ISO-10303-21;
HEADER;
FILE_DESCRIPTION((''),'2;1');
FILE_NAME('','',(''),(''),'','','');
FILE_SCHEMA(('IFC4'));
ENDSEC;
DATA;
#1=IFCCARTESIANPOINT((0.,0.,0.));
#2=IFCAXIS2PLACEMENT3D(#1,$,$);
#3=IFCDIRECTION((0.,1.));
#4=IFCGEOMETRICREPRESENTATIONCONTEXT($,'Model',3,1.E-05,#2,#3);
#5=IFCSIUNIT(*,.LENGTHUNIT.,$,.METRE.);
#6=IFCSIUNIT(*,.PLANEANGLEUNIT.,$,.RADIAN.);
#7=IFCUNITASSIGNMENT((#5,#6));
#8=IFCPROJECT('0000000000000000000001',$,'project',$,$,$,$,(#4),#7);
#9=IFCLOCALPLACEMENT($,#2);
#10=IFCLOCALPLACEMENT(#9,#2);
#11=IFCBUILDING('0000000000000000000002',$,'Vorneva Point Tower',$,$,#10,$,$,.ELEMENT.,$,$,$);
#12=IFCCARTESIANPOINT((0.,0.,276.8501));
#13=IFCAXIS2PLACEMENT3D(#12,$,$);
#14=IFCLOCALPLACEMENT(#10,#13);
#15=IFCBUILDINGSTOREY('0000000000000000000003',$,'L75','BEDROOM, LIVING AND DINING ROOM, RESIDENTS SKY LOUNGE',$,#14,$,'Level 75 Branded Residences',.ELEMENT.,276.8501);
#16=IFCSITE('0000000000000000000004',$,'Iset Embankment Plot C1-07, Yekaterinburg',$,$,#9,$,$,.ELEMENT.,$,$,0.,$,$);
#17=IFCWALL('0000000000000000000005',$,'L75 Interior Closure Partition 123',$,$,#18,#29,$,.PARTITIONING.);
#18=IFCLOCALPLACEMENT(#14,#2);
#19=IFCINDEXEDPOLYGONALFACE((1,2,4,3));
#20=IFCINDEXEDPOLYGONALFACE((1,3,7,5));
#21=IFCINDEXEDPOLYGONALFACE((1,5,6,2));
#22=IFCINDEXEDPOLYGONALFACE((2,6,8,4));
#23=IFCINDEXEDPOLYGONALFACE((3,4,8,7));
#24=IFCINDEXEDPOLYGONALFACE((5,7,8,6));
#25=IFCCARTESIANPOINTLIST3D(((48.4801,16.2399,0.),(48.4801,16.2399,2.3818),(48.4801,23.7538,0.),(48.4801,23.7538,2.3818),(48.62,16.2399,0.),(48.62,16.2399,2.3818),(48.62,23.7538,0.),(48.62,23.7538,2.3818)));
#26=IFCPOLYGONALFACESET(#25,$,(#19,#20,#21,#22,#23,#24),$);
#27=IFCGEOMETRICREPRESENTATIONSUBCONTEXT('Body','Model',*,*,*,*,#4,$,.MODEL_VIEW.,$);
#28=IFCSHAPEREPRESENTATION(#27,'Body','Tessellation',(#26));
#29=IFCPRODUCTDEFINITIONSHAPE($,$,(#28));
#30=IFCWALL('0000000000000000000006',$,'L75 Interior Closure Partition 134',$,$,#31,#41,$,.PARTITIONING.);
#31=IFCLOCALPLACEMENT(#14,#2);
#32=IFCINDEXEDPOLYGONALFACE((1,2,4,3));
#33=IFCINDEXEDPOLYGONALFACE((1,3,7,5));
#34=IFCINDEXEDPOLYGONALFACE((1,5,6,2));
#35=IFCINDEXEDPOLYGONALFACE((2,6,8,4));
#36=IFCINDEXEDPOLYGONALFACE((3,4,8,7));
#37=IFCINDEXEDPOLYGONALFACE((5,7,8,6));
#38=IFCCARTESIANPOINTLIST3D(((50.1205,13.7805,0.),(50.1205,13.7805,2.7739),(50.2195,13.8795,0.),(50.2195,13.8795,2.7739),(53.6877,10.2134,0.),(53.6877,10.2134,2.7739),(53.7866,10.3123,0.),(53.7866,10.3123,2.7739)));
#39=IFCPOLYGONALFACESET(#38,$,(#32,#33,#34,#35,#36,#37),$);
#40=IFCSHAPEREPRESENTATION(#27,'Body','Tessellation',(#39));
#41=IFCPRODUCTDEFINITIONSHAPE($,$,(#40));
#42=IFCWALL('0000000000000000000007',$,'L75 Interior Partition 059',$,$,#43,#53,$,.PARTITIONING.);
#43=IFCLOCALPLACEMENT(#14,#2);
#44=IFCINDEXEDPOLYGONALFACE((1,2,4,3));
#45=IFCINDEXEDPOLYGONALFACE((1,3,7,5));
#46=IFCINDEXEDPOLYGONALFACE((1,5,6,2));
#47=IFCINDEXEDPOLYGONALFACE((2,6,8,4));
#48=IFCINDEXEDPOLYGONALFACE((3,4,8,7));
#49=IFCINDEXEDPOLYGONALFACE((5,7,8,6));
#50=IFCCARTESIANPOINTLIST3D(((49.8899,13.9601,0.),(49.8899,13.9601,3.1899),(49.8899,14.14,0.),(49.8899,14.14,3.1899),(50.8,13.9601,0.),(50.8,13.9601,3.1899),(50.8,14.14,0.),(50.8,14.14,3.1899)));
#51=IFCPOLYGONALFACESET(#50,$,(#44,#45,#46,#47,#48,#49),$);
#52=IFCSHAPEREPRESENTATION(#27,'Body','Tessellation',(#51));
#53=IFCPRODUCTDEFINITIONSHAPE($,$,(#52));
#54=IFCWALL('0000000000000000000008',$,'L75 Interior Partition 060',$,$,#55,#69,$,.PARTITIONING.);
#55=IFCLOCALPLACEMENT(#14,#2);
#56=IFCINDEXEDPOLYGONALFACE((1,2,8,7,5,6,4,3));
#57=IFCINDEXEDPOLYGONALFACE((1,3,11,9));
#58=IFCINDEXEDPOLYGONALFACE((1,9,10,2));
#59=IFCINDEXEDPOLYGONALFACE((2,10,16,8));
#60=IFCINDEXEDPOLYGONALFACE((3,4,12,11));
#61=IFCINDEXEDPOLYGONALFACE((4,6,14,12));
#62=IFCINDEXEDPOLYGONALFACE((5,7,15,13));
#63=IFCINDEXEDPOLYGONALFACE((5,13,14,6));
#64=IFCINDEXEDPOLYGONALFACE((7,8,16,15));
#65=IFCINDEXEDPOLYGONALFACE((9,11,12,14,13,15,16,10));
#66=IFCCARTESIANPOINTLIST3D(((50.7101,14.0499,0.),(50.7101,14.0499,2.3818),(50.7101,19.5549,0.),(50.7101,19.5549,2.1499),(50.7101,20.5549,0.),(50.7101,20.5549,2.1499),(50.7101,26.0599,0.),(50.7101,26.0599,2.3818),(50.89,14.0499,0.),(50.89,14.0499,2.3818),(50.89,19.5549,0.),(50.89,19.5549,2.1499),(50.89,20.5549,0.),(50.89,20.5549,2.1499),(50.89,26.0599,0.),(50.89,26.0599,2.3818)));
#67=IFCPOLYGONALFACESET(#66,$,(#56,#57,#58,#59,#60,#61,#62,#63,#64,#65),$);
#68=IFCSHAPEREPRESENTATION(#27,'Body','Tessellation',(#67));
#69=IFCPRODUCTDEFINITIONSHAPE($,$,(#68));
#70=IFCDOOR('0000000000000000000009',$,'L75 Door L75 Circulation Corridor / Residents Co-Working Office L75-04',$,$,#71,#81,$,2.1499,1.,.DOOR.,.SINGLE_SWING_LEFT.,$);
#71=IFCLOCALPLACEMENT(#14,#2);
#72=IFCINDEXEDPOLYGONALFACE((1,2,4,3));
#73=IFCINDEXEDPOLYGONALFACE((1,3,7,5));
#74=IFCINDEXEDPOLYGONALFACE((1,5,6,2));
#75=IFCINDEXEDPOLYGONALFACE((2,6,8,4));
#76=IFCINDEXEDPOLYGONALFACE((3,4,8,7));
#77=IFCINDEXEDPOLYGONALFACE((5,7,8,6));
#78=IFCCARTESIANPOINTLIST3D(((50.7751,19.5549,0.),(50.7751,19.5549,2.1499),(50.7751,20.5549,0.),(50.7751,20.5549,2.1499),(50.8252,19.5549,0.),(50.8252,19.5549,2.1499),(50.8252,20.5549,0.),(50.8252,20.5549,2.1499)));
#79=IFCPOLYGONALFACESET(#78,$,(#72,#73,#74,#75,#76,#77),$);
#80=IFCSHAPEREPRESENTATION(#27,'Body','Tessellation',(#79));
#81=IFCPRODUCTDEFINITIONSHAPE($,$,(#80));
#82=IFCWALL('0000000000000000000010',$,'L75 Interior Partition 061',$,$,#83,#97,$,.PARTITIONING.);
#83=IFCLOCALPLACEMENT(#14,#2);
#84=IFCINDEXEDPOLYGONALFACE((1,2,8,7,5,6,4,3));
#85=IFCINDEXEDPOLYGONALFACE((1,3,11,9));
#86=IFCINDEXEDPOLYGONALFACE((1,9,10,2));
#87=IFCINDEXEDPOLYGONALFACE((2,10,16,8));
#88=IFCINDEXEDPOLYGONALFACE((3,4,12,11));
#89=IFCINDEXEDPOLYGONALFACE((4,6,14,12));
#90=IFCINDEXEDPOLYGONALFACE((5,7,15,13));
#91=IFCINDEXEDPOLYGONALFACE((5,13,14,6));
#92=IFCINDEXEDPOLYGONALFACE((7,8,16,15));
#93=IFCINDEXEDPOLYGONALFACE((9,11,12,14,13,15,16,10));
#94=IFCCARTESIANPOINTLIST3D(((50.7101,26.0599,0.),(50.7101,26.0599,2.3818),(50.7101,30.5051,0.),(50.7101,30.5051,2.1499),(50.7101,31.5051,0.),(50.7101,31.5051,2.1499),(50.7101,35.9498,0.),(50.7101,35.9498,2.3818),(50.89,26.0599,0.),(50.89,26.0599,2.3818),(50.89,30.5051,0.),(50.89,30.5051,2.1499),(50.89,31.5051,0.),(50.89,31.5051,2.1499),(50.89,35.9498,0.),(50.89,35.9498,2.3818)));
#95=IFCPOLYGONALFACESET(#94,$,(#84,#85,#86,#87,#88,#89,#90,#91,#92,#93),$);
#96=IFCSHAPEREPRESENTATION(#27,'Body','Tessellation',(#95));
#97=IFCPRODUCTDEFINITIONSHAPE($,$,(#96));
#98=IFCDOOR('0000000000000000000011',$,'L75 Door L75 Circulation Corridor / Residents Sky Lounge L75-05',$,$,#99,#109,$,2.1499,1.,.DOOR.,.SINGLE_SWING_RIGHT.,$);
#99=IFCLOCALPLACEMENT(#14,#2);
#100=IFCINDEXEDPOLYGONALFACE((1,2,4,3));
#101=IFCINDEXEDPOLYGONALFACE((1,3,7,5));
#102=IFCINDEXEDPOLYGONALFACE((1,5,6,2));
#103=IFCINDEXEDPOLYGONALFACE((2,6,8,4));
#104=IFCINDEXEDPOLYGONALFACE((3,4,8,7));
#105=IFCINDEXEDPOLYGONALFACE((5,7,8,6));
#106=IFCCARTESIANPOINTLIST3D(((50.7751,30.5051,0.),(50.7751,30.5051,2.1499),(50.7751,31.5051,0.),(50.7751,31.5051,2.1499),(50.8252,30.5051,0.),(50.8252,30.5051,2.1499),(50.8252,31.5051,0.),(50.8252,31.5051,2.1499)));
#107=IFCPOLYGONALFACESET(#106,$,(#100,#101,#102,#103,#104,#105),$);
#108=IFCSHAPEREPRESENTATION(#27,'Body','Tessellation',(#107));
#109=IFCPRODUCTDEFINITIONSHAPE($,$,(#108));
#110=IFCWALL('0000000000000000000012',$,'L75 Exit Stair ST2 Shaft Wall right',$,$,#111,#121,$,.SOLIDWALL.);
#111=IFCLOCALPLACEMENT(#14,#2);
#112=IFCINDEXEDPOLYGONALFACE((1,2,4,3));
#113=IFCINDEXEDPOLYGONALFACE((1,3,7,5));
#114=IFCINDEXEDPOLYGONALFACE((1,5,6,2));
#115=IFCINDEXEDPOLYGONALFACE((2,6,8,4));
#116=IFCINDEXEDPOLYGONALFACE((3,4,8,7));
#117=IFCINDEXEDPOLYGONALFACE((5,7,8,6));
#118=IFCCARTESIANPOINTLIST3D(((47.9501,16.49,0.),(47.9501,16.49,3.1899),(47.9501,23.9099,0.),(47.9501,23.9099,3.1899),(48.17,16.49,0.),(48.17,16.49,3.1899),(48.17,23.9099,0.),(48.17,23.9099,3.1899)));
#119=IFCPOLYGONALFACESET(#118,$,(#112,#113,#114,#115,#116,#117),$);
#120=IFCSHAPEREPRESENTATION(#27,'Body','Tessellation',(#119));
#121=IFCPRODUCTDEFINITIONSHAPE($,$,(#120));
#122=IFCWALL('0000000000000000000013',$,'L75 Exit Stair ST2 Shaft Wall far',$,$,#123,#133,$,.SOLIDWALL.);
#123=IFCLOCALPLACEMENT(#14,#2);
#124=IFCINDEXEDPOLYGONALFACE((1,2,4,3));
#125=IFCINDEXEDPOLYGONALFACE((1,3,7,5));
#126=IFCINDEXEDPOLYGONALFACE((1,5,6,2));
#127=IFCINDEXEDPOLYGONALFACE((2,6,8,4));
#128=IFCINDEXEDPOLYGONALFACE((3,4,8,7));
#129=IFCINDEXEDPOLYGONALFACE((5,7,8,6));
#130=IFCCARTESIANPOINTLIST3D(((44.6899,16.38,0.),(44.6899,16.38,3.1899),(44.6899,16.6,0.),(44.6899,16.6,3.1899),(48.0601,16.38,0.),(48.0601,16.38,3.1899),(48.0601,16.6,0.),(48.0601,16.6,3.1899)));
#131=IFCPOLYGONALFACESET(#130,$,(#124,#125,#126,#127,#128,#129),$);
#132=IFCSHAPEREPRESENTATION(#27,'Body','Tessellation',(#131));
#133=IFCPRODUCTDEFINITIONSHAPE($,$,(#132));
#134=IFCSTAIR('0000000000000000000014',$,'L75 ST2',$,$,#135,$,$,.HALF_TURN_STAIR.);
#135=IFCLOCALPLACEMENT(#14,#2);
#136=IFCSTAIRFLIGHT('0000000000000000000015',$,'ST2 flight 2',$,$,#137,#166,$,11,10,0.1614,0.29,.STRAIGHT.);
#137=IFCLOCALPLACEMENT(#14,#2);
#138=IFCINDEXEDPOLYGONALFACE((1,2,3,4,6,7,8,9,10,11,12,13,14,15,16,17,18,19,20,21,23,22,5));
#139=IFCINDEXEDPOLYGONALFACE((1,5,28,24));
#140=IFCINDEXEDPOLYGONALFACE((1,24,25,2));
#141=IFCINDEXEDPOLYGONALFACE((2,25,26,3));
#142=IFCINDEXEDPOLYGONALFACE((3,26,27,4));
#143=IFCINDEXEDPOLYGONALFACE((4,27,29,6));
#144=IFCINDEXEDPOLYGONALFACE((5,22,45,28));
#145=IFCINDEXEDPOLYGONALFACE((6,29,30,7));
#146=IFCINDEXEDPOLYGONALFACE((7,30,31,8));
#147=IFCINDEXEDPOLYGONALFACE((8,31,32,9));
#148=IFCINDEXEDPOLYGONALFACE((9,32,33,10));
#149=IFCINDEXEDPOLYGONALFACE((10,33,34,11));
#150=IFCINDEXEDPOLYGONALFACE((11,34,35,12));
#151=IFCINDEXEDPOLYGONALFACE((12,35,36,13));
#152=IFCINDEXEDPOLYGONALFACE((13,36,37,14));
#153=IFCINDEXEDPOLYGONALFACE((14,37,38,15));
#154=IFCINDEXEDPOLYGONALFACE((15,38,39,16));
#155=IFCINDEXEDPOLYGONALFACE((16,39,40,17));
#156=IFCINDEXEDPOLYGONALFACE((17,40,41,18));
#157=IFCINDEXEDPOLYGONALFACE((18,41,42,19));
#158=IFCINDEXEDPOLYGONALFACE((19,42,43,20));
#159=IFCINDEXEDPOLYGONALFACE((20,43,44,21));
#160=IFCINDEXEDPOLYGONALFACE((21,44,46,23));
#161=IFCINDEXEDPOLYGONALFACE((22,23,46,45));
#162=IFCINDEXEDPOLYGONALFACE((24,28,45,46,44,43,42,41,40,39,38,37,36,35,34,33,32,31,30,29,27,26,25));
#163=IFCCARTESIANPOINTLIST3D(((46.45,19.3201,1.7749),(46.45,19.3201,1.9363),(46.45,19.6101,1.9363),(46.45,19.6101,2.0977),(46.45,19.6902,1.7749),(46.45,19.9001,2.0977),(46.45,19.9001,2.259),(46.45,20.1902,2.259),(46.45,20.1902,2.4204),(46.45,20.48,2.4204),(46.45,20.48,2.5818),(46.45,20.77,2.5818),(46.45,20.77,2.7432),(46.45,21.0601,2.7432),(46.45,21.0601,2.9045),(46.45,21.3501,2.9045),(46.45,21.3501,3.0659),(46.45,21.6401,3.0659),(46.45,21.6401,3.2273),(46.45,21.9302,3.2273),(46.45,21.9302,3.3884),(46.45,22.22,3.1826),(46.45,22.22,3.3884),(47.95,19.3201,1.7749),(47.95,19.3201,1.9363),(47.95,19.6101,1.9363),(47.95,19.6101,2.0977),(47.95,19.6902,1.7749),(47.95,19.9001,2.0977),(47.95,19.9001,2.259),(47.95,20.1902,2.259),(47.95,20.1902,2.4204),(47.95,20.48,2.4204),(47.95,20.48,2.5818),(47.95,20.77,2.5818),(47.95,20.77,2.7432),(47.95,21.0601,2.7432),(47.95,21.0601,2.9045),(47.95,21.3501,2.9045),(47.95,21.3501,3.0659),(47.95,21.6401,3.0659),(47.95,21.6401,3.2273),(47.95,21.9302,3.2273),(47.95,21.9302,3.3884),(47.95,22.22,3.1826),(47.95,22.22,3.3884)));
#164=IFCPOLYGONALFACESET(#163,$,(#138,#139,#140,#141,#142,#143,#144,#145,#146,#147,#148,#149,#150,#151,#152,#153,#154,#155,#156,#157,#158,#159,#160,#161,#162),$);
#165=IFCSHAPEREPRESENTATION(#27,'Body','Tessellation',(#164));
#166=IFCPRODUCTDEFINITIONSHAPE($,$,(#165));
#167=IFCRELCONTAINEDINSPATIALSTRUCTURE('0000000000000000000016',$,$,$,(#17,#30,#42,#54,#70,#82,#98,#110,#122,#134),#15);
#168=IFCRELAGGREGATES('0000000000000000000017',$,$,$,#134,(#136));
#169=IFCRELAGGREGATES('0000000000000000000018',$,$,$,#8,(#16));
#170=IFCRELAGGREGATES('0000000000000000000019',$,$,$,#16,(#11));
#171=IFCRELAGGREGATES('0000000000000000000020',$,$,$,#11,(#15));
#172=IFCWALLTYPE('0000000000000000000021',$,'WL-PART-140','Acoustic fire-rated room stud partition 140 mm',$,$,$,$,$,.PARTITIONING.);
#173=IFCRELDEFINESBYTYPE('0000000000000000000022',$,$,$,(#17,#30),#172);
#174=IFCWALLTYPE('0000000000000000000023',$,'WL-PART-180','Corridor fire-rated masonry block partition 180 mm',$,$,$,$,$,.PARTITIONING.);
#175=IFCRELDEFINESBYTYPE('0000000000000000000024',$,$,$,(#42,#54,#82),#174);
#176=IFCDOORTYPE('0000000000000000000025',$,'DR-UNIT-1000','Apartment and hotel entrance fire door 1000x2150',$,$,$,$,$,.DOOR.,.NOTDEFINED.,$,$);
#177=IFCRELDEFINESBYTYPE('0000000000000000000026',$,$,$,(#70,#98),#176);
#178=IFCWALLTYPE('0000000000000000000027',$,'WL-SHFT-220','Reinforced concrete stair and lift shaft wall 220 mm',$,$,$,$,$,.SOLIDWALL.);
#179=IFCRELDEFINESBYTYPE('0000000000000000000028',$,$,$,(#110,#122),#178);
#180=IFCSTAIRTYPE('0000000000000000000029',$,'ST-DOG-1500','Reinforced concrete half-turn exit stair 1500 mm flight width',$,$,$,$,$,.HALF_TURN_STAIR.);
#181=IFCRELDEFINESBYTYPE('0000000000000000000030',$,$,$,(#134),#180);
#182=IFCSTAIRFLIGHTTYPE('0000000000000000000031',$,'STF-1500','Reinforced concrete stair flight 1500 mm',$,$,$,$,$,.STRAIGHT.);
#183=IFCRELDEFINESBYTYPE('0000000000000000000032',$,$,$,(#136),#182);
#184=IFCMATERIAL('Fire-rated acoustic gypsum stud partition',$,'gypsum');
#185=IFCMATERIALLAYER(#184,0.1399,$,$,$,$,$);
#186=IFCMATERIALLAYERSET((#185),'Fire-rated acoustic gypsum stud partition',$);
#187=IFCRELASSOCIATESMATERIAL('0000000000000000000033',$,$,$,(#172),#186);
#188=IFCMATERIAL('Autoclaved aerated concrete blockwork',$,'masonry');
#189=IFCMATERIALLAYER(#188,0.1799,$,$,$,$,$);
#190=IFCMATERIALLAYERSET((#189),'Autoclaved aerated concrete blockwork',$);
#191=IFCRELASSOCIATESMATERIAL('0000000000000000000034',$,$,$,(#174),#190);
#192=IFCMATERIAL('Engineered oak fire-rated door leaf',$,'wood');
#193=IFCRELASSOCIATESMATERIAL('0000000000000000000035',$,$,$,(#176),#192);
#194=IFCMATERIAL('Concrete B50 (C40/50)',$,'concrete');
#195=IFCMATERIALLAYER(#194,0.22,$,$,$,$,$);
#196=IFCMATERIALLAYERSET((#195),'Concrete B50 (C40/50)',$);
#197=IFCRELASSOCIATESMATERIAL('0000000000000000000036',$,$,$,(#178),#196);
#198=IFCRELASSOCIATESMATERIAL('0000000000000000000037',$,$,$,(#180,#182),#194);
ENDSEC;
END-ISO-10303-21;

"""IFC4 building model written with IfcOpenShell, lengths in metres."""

from ifc_helpers import new_model, si_unit, direction, frame, frame_2d, origin, place, context, subcontext, project, spatial, polyline, rectangle, outline, extrude, material, layer, layer_set, type_object, element, fill, aggregate, save


model = new_model("IFC4")

# Units and contexts
model_context = context("Model", 3, precision=1e-05, world=origin(), true_north=direction((0.0, 1.0)))
body_context = subcontext(model_context, "Body", "Model", "MODEL_VIEW")
ifc_project = project(units=[si_unit("LENGTHUNIT", "METRE"), si_unit("PLANEANGLEUNIT", "RADIAN")], contexts=[model_context])

# Site, building, storey
site_placement = place(None, origin())
site = spatial("IfcSite", under=ifc_project, at=site_placement, Name="Iset Embankment Plot C1-07, Yekaterinburg", CompositionType="ELEMENT", RefElevation=0.0)
building_placement = place(site_placement, origin())
building = spatial("IfcBuilding", under=site, at=building_placement, Name="Vorneva Point Tower", CompositionType="ELEMENT")
storey_placement = place(building_placement, frame((0.0, 0.0, 276.8501)))
storey = spatial("IfcBuildingStorey", under=building, at=storey_placement, Name="L75", Description="BEDROOM, LIVING AND DINING ROOM, RESIDENTS SKY LOUNGE", LongName="Level 75 Branded Residences", CompositionType="ELEMENT", Elevation=276.8501)

# Shared definitions
ifc_material_1 = material(Name="Concrete B50 (C40/50)", Category="concrete")

# Walls
ifc_material_2 = material(Name="Fire-rated acoustic gypsum stud partition", Category="gypsum")
ifc_layer_1 = layer(ifc_material_2, 0.1399)
ifc_layer_set_1 = layer_set([ifc_layer_1], Name="Fire-rated acoustic gypsum stud partition")
wall_type_1 = type_object("IfcWallType", Name="WL-PART-140", Description="Acoustic fire-rated room stud partition 140 mm", PredefinedType="PARTITIONING", material=ifc_layer_set_1)
wall_1_placement = place(storey_placement, frame((48.55, 16.24, 0.0), z_axis=(0.0, 0.0, 1.0), x_axis=(0.0, 1.0, 0.0)))
element("IfcWall", 1, at=wall_1_placement, inside=storey, type_object=wall_type_1, Name="L75 Interior Closure Partition 123", PredefinedType="PARTITIONING", context=body_context, shape_type="SweptSolid", body=[
    extrude(rectangle(XDim=7.5139, YDim=0.1399, at=frame_2d((3.7568, 0.0))), origin(), (0.0, 0.0, 1.0), 2.3818),
])
wall_2_placement = place(storey_placement, frame((50.1699, 13.8301, 0.0), z_axis=(0.0, 0.0, 1.0), x_axis=(0.707107, -0.707107, 0.0)))
element("IfcWall", 2, at=wall_2_placement, inside=storey, type_object=wall_type_1, Name="L75 Interior Closure Partition 134", PredefinedType="PARTITIONING", context=body_context, shape_type="SweptSolid", body=[
    extrude(rectangle(XDim=5.0447, YDim=0.1399, at=frame_2d((2.5225, 0.0))), origin(), (0.0, 0.0, 1.0), 2.7739),
])

# Shared definitions
ifc_material_3 = material(Name="Autoclaved aerated concrete blockwork", Category="masonry")
ifc_layer_2 = layer(ifc_material_3, 0.1799)
ifc_layer_set_2 = layer_set([ifc_layer_2], Name="Autoclaved aerated concrete blockwork")
wall_type_2 = type_object("IfcWallType", Name="WL-PART-180", Description="Corridor fire-rated masonry block partition 180 mm", PredefinedType="PARTITIONING", material=ifc_layer_set_2)

# Wall
wall_3_placement = place(storey_placement, frame((49.8899, 14.05, 0.0), z_axis=(0.0, 0.0, 1.0), x_axis=(1.0, 0.0, 0.0)))
element("IfcWall", 3, at=wall_3_placement, inside=storey, type_object=wall_type_2, Name="L75 Interior Partition 059", PredefinedType="PARTITIONING", context=body_context, shape_type="SweptSolid", body=[
    extrude(rectangle(XDim=0.9102, YDim=0.1799, at=frame_2d((0.4551, 0.0))), origin(), (0.0, 0.0, 1.0), 3.1899),
])

# Walls, openings, doors
wall_4_placement = place(storey_placement, frame((50.8, 14.05, 0.0), z_axis=(0.0, 0.0, 1.0), x_axis=(0.0, 1.0, 0.0)))
wall_4 = element("IfcWall", 4, at=wall_4_placement, inside=storey, type_object=wall_type_2, Name="L75 Interior Partition 060", PredefinedType="PARTITIONING", context=body_context, shape_type="SweptSolid", body=[
    extrude(rectangle(XDim=12.01, YDim=0.1799, at=frame_2d((6.0049, 0.0))), origin(), (0.0, 0.0, 1.0), 2.3818),
])
opening_1_placement = place(wall_4_placement, frame((5.5049, 0.0, 0.0)))
opening_1 = element("IfcOpeningElement", 5, at=opening_1_placement, cuts=wall_4, PredefinedType="OPENING", context=body_context, shape_type="SweptSolid", body=[
    extrude(rectangle(XDim=1.0, YDim=2.1499, at=frame_2d((0.5, 1.075))), frame((0.0, 0.105, 0.0), z_axis=(0.0, -1.0, 0.0), x_axis=(1.0, 0.0, 0.0)), (0.0, 0.0, 1.0), 0.2097),
])
ifc_material_4 = material(Name="Engineered oak fire-rated door leaf", Category="wood")
door_type_1 = type_object("IfcDoorType", Name="DR-UNIT-1000", Description="Apartment and hotel entrance fire door 1000x2150", OperationType="NOTDEFINED", PredefinedType="DOOR", material=ifc_material_4)
door_1_placement = place(opening_1_placement, origin())
door_1 = element("IfcDoor", 6, at=door_1_placement, inside=storey, type_object=door_type_1, Name="L75 Door L75 Circulation Corridor / Residents Co-Working Office L75-04", OperationType="SINGLE_SWING_LEFT", OverallHeight=2.1499, OverallWidth=1.0, PredefinedType="DOOR", context=body_context, shape_type="SweptSolid", body=[
    extrude(rectangle(XDim=1.0, YDim=2.1499, at=frame_2d((0.5, 1.075))), frame((0.0, 0.0249, 0.0), z_axis=(0.0, -1.0, 0.0), x_axis=(1.0, 0.0, 0.0)), (0.0, 0.0, 1.0), 0.05),
])
fill(opening_1, door_1)
wall_5_placement = place(storey_placement, frame((50.8, 26.0601, 0.0), z_axis=(0.0, 0.0, 1.0), x_axis=(0.0, 1.0, 0.0)))
wall_5 = element("IfcWall", 7, at=wall_5_placement, inside=storey, type_object=wall_type_2, Name="L75 Interior Partition 061", PredefinedType="PARTITIONING", context=body_context, shape_type="SweptSolid", body=[
    extrude(rectangle(XDim=9.8899, YDim=0.1799, at=frame_2d((4.9448, 0.0))), origin(), (0.0, 0.0, 1.0), 2.3818),
])
opening_2_placement = place(wall_5_placement, frame((4.4451, 0.0, 0.0)))
opening_2 = element("IfcOpeningElement", 8, at=opening_2_placement, cuts=wall_5, PredefinedType="OPENING", context=body_context, shape_type="SweptSolid", body=[
    extrude(rectangle(XDim=1.0, YDim=2.1499, at=frame_2d((0.5, 1.075))), frame((0.0, 0.105, 0.0), z_axis=(0.0, -1.0, 0.0), x_axis=(1.0, 0.0, 0.0)), (0.0, 0.0, 1.0), 0.2097),
])
door_2_placement = place(opening_2_placement, origin())
door_2 = element("IfcDoor", 9, at=door_2_placement, inside=storey, type_object=door_type_1, Name="L75 Door L75 Circulation Corridor / Residents Sky Lounge L75-05", OperationType="SINGLE_SWING_RIGHT", OverallHeight=2.1499, OverallWidth=1.0, PredefinedType="DOOR", context=body_context, shape_type="SweptSolid", body=[
    extrude(rectangle(XDim=1.0, YDim=2.1499, at=frame_2d((0.5, 1.075))), frame((0.0, 0.0249, 0.0), z_axis=(0.0, -1.0, 0.0), x_axis=(1.0, 0.0, 0.0)), (0.0, 0.0, 1.0), 0.05),
])
fill(opening_2, door_2)

# Walls
ifc_layer_3 = layer(ifc_material_1, 0.22)
ifc_layer_set_3 = layer_set([ifc_layer_3], Name="Concrete B50 (C40/50)")
wall_type_3 = type_object("IfcWallType", Name="WL-SHFT-220", Description="Reinforced concrete stair and lift shaft wall 220 mm", PredefinedType="SOLIDWALL", material=ifc_layer_set_3)
wall_6_placement = place(storey_placement, frame((48.0601, 23.9099, 0.0), z_axis=(0.0, 0.0, 1.0), x_axis=(0.0, -1.0, 0.0)))
element("IfcWall", 10, at=wall_6_placement, inside=storey, type_object=wall_type_3, Name="L75 Exit Stair ST2 Shaft Wall right", PredefinedType="SOLIDWALL", context=body_context, shape_type="SweptSolid", body=[
    extrude(rectangle(XDim=7.4199, YDim=0.22, at=frame_2d((3.71, 0.0))), origin(), (0.0, 0.0, 1.0), 3.1899),
])
wall_7_placement = place(storey_placement, frame((48.0601, 16.49, 0.0), z_axis=(0.0, 0.0, 1.0), x_axis=(-1.0, 0.0, 0.0)))
element("IfcWall", 11, at=wall_7_placement, inside=storey, type_object=wall_type_3, Name="L75 Exit Stair ST2 Shaft Wall far", PredefinedType="SOLIDWALL", context=body_context, shape_type="SweptSolid", body=[
    extrude(rectangle(XDim=3.3701, YDim=0.22, at=frame_2d((1.6851, 0.0))), origin(), (0.0, 0.0, 1.0), 3.1899),
])

# Stair, stair flight
stair_type = type_object("IfcStairType", Name="ST-DOG-1500", Description="Reinforced concrete half-turn exit stair 1500 mm flight width", PredefinedType="HALF_TURN_STAIR", material=ifc_material_1)
stair_placement = place(storey_placement, origin())
stair = element("IfcStair", 12, at=stair_placement, inside=storey, type_object=stair_type, Name="L75 ST2", PredefinedType="HALF_TURN_STAIR")
stair_flight_type = type_object("IfcStairFlightType", Name="STF-1500", Description="Reinforced concrete stair flight 1500 mm", PredefinedType="STRAIGHT", material=ifc_material_1)
stair_flight_placement = place(storey_placement, frame((47.2, 19.3201, 1.7749), z_axis=(0.0, 0.0, 1.0), x_axis=(0.0, 1.0, 0.0)))
stair_flight = element("IfcStairFlight", 13, at=stair_flight_placement, type_object=stair_flight_type, Name="ST2 flight 2", NumberOfRisers=11, NumberOfTreads=10, PredefinedType="STRAIGHT", RiserHeight=0.1614, TreadLength=0.29, context=body_context, shape_type="SweptSolid", body=[
    extrude(outline(polyline([(0.0, 0.0), (0.0, 0.1614), (0.29, 0.1614), (0.29, 0.3228), (0.5801, 0.3228), (0.5801, 0.4841), (0.8701, 0.4841), (0.8701, 0.6455), (1.1599, 0.6455), (1.1599, 0.8069), (1.45, 0.8069), (1.45, 0.9683), (1.74, 0.9683), (1.74, 1.1296), (2.03, 1.1296), (2.03, 1.291), (2.3201, 1.291), (2.3201, 1.4524), (2.6101, 1.4524), (2.6101, 1.6135), (2.8999, 1.6135), (2.8999, 1.7749), (2.8999, 1.4077), (0.3701, 0.0), (0.0, 0.0)])), frame((0.0, 0.75, 0.0), z_axis=(0.0, -1.0, 0.0), x_axis=(1.0, 0.0, 0.0)), (0.0, 0.0, 1.0), 1.5),
])
aggregate(stair, [stair_flight])

save(model, "model.ifc")
